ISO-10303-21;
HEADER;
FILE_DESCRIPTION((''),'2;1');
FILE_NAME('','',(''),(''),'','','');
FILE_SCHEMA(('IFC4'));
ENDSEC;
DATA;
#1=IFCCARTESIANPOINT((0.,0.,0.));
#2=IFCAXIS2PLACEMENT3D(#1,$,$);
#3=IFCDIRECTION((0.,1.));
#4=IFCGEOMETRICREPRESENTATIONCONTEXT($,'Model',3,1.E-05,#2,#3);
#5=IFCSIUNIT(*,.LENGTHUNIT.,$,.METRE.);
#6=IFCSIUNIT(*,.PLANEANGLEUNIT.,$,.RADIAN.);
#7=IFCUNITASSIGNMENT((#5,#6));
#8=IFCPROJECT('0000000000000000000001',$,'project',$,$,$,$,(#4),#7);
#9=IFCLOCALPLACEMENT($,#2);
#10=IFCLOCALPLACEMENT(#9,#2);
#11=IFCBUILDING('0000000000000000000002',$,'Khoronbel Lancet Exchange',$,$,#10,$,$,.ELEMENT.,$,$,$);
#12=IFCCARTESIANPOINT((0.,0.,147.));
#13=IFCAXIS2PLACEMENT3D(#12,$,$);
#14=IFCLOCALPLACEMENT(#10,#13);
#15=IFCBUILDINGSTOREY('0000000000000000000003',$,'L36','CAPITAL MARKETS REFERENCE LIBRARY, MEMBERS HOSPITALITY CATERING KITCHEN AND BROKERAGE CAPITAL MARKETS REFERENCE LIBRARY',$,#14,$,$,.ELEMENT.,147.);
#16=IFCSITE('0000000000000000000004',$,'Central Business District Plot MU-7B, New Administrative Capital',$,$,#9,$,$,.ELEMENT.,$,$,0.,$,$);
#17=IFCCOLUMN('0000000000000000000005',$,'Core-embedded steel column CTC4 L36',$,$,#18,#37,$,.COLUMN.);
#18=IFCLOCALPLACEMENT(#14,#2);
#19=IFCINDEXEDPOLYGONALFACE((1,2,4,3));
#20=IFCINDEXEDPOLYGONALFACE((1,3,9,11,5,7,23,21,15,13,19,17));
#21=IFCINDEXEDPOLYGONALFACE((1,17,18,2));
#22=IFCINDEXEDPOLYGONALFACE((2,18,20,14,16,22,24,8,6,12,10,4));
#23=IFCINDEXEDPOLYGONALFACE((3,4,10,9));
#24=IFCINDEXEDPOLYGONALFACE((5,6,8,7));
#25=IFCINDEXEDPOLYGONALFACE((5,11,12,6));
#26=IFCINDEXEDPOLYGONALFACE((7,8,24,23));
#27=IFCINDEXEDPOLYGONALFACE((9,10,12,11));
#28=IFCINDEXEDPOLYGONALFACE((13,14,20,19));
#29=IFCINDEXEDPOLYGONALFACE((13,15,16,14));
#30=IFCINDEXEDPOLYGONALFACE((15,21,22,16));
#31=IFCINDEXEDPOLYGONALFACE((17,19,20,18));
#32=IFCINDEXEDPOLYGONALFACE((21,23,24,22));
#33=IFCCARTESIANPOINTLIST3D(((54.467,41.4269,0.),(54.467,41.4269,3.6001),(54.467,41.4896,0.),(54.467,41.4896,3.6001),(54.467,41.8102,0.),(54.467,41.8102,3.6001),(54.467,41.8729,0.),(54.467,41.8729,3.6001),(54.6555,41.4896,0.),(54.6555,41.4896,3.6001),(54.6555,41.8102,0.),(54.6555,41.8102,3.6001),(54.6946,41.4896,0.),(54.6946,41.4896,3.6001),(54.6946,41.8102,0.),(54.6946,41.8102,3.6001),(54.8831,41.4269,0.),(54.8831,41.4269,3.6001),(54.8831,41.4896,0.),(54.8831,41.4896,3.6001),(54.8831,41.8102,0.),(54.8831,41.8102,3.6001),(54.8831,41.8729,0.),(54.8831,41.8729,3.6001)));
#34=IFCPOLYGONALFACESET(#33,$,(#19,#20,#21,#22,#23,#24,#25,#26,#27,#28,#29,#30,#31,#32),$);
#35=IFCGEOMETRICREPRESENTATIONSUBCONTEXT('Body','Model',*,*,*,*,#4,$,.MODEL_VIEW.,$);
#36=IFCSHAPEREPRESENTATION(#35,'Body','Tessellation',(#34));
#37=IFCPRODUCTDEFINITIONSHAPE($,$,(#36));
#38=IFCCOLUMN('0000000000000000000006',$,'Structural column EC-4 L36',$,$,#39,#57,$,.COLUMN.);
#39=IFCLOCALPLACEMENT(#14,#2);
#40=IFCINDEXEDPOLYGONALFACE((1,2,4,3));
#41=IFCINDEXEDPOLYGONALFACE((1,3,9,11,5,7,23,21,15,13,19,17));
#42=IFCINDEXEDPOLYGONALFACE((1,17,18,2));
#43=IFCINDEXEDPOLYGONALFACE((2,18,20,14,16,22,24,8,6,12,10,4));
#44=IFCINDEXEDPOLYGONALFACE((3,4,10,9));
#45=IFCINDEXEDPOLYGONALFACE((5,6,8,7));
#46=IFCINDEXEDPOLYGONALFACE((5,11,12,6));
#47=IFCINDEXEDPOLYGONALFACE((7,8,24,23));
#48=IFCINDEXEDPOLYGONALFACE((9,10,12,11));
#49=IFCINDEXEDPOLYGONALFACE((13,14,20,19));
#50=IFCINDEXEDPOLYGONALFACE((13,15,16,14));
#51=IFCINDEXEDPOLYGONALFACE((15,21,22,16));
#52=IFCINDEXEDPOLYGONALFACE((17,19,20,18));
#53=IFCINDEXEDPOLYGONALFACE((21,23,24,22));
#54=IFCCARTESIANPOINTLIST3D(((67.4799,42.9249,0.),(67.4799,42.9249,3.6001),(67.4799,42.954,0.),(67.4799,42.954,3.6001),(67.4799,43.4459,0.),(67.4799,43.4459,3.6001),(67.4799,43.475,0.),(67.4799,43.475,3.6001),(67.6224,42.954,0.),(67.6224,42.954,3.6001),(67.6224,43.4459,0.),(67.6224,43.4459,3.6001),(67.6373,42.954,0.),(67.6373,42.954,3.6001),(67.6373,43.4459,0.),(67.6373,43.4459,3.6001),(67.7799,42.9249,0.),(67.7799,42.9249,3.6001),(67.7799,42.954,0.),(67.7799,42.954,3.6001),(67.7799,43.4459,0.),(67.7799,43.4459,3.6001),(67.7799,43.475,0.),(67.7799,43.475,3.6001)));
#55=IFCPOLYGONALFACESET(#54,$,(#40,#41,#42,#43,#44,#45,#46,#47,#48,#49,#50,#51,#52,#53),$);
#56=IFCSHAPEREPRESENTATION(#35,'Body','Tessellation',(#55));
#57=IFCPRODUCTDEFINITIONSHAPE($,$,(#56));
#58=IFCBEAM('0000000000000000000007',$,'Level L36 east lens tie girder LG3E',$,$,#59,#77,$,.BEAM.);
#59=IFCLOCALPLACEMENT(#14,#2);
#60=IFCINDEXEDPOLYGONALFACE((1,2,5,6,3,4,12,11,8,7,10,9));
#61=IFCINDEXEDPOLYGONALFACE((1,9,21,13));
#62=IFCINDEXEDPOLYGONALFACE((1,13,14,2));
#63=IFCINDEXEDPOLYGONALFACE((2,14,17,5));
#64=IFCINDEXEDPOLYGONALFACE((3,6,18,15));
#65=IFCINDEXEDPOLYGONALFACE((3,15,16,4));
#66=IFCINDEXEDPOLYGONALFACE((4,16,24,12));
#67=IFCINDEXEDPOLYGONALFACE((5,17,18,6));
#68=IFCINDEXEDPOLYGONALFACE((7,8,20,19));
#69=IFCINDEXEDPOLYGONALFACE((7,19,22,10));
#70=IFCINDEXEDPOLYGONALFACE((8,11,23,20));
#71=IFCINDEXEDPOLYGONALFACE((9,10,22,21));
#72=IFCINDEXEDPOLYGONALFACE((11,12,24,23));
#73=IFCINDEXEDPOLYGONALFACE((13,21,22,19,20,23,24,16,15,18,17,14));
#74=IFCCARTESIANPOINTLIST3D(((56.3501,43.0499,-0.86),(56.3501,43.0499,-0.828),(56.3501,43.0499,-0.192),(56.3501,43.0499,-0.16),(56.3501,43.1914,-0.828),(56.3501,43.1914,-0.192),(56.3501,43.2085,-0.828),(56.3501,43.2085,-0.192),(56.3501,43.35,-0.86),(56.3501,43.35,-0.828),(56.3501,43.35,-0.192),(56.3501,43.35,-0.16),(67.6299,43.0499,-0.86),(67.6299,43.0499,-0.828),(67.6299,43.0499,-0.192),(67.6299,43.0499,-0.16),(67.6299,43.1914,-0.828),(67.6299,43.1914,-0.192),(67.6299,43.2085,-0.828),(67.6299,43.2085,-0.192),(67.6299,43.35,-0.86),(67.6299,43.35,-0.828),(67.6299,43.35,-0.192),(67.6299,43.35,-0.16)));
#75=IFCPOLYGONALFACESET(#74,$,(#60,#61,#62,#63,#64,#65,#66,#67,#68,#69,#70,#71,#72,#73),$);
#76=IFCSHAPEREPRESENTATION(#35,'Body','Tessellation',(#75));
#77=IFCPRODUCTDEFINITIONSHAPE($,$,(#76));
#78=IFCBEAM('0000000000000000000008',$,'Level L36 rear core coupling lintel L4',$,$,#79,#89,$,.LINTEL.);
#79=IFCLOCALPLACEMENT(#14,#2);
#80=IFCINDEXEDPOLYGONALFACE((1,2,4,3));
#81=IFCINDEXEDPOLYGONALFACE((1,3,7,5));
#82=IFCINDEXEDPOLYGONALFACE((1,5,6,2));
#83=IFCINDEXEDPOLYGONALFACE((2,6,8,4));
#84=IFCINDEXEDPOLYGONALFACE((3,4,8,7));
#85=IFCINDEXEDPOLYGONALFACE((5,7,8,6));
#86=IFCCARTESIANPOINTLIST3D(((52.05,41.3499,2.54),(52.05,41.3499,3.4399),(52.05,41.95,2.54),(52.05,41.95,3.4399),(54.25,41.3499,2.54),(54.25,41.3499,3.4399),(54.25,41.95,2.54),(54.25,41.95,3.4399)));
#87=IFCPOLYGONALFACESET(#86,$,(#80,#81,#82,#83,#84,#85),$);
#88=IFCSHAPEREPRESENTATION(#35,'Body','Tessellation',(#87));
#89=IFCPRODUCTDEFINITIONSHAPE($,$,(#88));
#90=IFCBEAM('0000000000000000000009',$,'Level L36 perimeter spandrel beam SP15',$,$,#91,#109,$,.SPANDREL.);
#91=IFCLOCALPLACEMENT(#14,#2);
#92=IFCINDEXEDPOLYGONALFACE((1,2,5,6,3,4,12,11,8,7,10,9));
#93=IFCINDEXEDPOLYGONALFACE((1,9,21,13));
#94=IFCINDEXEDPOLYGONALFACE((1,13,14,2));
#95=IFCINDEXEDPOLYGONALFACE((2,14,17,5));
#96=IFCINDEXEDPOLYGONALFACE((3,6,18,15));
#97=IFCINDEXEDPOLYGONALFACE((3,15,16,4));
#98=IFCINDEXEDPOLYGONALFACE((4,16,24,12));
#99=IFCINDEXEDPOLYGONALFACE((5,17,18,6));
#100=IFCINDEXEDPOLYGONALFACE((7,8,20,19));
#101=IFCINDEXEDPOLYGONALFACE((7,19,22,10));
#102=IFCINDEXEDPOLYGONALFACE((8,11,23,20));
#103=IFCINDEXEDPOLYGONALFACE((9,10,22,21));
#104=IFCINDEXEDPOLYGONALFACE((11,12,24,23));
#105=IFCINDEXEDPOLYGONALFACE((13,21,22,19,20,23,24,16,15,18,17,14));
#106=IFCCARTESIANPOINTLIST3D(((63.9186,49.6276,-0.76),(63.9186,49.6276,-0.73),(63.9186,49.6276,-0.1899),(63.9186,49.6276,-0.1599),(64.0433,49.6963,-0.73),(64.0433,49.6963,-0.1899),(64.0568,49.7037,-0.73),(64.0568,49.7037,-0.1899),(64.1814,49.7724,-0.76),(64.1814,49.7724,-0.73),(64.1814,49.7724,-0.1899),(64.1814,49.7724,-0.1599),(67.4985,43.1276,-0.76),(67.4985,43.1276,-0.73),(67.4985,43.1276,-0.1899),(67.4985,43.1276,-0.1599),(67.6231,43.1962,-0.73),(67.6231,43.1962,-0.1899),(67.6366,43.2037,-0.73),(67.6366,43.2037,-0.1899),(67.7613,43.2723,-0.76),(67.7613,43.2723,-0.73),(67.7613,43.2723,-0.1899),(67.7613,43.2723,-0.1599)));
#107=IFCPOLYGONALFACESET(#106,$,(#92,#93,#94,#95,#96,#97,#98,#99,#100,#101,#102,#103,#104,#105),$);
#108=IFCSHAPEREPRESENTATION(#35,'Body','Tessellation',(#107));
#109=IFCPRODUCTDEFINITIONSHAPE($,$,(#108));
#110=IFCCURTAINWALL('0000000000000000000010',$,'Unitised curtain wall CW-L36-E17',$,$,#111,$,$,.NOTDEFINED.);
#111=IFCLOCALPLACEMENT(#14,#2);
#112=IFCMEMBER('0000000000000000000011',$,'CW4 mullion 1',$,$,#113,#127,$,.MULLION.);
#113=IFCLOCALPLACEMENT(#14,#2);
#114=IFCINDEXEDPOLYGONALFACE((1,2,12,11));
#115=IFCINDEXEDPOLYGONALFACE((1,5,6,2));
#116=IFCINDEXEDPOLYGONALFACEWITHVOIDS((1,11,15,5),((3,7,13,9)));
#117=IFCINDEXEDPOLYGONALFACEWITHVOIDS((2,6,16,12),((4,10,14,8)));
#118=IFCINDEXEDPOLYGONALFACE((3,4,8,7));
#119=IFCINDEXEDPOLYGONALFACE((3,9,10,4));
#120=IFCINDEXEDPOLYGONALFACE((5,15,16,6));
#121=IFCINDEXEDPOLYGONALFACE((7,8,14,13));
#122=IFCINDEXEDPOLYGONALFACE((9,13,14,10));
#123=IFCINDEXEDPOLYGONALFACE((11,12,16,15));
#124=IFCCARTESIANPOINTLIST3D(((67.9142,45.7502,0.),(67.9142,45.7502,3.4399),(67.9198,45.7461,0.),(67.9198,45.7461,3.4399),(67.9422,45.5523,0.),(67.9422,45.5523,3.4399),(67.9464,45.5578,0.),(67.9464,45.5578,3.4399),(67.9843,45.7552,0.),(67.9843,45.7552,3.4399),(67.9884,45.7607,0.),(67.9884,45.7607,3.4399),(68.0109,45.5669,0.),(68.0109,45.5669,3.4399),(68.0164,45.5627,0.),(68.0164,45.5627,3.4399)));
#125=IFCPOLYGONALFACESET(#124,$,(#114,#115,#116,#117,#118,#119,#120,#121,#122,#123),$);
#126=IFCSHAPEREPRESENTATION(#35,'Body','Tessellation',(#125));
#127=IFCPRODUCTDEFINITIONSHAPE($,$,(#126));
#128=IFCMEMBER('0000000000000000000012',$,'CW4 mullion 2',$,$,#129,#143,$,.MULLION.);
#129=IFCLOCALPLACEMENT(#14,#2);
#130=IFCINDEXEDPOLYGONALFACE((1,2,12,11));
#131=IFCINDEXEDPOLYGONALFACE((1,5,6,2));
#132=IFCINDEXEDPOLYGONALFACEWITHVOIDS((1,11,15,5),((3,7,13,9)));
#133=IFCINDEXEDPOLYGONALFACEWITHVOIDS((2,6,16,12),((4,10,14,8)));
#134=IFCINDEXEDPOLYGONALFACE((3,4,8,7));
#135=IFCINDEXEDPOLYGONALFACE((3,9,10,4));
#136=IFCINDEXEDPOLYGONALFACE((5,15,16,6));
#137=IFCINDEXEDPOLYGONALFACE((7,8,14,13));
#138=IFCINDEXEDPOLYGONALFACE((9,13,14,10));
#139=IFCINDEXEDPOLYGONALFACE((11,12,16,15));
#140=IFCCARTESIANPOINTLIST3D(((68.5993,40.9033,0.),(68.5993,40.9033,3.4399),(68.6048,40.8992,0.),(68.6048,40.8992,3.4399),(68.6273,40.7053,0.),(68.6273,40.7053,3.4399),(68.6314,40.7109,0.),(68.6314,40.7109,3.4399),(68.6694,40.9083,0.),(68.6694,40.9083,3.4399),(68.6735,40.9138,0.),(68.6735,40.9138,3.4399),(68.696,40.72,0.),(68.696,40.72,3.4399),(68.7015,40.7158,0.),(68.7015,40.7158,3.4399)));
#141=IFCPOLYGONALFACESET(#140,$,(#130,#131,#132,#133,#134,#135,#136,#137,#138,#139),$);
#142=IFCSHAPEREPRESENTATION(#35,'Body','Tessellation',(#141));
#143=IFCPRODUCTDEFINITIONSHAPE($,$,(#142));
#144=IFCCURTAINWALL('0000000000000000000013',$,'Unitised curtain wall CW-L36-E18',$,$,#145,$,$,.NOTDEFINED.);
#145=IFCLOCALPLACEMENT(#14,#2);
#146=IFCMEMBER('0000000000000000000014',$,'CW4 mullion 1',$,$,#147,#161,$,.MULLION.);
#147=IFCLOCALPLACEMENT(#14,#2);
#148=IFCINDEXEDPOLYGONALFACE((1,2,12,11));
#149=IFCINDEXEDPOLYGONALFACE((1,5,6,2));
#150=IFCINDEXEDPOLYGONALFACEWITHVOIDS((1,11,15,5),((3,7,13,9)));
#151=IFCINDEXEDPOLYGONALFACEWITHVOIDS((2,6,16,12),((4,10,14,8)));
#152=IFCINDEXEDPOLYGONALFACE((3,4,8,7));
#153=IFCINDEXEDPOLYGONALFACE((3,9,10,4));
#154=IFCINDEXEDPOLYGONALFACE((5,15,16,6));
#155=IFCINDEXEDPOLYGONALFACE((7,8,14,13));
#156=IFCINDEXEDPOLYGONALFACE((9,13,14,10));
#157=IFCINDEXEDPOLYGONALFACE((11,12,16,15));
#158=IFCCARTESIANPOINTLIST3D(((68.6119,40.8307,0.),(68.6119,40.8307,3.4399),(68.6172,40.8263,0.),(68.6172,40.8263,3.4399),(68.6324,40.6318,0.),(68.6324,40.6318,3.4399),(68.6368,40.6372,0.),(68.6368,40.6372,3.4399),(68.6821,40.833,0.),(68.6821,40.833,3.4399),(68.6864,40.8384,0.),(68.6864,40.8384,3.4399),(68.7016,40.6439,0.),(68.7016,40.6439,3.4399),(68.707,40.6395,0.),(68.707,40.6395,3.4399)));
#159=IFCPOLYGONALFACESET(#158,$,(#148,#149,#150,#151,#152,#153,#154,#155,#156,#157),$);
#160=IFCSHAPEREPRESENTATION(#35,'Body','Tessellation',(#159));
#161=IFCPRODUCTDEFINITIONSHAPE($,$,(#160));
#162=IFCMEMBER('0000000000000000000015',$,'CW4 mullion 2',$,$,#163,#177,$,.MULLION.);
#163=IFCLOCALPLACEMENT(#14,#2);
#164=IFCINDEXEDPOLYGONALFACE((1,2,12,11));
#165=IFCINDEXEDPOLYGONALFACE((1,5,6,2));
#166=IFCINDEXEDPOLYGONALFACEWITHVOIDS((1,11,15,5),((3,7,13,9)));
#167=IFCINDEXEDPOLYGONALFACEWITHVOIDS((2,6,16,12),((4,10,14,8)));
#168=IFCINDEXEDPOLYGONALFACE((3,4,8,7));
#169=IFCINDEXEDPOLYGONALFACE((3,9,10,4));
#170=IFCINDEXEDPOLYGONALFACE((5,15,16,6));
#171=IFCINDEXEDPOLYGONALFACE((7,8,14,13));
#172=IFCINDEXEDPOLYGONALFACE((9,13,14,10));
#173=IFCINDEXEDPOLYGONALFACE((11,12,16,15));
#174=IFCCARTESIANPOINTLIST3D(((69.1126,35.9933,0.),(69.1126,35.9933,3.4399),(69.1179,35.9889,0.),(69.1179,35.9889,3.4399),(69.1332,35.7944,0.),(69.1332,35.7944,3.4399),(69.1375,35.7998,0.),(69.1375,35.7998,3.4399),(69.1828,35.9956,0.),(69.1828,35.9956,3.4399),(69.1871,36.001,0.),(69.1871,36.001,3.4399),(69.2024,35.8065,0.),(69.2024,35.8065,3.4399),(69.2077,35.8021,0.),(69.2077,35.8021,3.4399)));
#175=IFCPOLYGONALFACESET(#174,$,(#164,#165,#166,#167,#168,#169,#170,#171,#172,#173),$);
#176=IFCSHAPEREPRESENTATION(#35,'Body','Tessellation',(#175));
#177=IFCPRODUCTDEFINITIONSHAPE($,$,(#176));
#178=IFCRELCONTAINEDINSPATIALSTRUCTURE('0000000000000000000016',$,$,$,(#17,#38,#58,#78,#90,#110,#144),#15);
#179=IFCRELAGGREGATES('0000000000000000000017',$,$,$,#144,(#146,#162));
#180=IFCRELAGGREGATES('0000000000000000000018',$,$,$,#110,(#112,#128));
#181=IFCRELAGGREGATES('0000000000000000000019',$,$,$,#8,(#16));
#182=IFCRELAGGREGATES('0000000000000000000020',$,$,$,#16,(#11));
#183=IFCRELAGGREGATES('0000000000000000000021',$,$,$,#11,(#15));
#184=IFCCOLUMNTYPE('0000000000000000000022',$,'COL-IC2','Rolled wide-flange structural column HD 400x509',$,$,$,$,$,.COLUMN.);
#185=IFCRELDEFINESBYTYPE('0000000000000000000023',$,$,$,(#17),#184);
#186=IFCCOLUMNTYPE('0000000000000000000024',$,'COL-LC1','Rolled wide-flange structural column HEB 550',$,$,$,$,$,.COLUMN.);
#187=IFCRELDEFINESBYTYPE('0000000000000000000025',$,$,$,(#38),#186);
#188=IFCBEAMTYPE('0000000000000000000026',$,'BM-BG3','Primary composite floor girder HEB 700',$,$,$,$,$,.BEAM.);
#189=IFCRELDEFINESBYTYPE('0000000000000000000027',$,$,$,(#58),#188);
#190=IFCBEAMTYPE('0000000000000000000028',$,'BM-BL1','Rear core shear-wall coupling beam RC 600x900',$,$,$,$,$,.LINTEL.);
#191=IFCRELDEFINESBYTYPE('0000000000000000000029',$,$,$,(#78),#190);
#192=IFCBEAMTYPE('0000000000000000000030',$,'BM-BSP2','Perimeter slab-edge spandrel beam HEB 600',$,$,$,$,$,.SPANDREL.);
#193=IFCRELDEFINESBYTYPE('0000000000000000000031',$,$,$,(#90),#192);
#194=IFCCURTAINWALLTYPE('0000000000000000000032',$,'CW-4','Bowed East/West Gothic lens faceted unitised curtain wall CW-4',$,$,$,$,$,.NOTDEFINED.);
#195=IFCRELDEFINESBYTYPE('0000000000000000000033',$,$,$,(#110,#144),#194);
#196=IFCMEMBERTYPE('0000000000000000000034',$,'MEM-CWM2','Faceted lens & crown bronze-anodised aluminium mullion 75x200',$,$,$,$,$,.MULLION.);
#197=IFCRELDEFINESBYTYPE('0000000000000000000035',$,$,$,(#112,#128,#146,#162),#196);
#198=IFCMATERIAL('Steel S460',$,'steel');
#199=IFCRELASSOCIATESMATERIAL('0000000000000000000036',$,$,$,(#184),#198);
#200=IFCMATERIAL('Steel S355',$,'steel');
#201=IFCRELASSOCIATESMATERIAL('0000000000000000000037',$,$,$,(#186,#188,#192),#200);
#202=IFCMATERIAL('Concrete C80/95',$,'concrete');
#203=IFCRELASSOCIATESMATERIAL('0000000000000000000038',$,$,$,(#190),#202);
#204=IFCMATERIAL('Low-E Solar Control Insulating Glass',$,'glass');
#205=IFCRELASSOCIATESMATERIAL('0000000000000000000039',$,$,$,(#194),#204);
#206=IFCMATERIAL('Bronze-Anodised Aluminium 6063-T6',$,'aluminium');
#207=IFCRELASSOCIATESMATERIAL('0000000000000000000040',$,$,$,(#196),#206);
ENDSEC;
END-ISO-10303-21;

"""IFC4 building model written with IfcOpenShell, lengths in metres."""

from ifc_helpers import new_model, si_unit, direction, frame, origin, origin_2d, place, context, subcontext, project, spatial, rectangle, hollow_rectangle, i_section, extrude, material, material_profile, profile_set, type_object, element, aggregate, save


model = new_model("IFC4")

# Units and contexts
model_context = context("Model", 3, precision=1e-05, world=origin(), true_north=direction((0.0, 1.0)))
body_context = subcontext(model_context, "Body", "Model", "MODEL_VIEW")
ifc_project = project(units=[si_unit("LENGTHUNIT", "METRE"), si_unit("PLANEANGLEUNIT", "RADIAN")], contexts=[model_context])

# Site, building, storey
site_placement = place(None, origin())
site = spatial("IfcSite", under=ifc_project, at=site_placement, Name="Central Business District Plot MU-7B, New Administrative Capital", CompositionType="ELEMENT", RefElevation=0.0)
building_placement = place(site_placement, origin())
building = spatial("IfcBuilding", under=site, at=building_placement, Name="Khoronbel Lancet Exchange", CompositionType="ELEMENT")
storey_placement = place(building_placement, frame((0.0, 0.0, 147.0)))
storey = spatial("IfcBuildingStorey", under=building, at=storey_placement, Name="L36", Description="CAPITAL MARKETS REFERENCE LIBRARY, MEMBERS HOSPITALITY CATERING KITCHEN AND BROKERAGE CAPITAL MARKETS REFERENCE LIBRARY", CompositionType="ELEMENT", Elevation=147.0)

# Columns
ifc_material_1 = material(Name="Steel S460", Category="steel")
ifc_material_profile_1 = material_profile(ifc_material_1, i_section(OverallWidth=0.416, OverallDepth=0.446, WebThickness=0.0391, FlangeThickness=0.0627, at=origin_2d()), Name="HD 400x509")
ifc_profile_set_1 = profile_set([ifc_material_profile_1], Name="Steel S460")
column_type_1 = type_object("IfcColumnType", Name="COL-IC2", Description="Rolled wide-flange structural column HD 400x509", PredefinedType="COLUMN", material=ifc_profile_set_1)
column_1_placement = place(storey_placement, frame((54.675, 41.6499, 0.0), z_axis=(0.0, 0.0, 1.0), x_axis=(1.0, 0.0, 0.0)))
element("IfcColumn", 1, at=column_1_placement, inside=storey, type_object=column_type_1, Name="Core-embedded steel column CTC4 L36", PredefinedType="COLUMN", context=body_context, shape_type="SweptSolid", body=[
    extrude(i_section(OverallWidth=0.416, OverallDepth=0.446, WebThickness=0.0391, FlangeThickness=0.0627, at=origin_2d()), origin(), (0.0, 0.0, 1.0), 3.6001),
])
ifc_material_2 = material(Name="Steel S355", Category="steel")
ifc_material_profile_2 = material_profile(ifc_material_2, i_section(OverallWidth=0.3, OverallDepth=0.55, WebThickness=0.0149, FlangeThickness=0.0291, at=origin_2d()), Name="HEB 550")
ifc_profile_set_2 = profile_set([ifc_material_profile_2], Name="Steel S355")
column_type_2 = type_object("IfcColumnType", Name="COL-LC1", Description="Rolled wide-flange structural column HEB 550", PredefinedType="COLUMN", material=ifc_profile_set_2)
column_2_placement = place(storey_placement, frame((67.6299, 43.2, 0.0), z_axis=(0.0, 0.0, 1.0), x_axis=(1.0, 0.0, 0.0)))
element("IfcColumn", 2, at=column_2_placement, inside=storey, type_object=column_type_2, Name="Structural column EC-4 L36", PredefinedType="COLUMN", context=body_context, shape_type="SweptSolid", body=[
    extrude(i_section(OverallWidth=0.3, OverallDepth=0.55, WebThickness=0.0149, FlangeThickness=0.0291, at=origin_2d()), origin(), (0.0, 0.0, 1.0), 3.6001),
])

# Beams
ifc_material_profile_3 = material_profile(ifc_material_2, i_section(OverallWidth=0.3, OverallDepth=0.7, WebThickness=0.0171, FlangeThickness=0.032, at=origin_2d()), Name="HEB 700")
ifc_profile_set_3 = profile_set([ifc_material_profile_3], Name="Steel S355")
beam_type_1 = type_object("IfcBeamType", Name="BM-BG3", Description="Primary composite floor girder HEB 700", PredefinedType="BEAM", material=ifc_profile_set_3)
beam_1_placement = place(storey_placement, frame((56.3501, 43.2, -0.51), z_axis=(1.0, 0.0, 0.0), x_axis=(0.0, 1.0, 0.0)))
element("IfcBeam", 3, at=beam_1_placement, inside=storey, type_object=beam_type_1, Name="Level L36 east lens tie girder LG3E", PredefinedType="BEAM", context=body_context, shape_type="SweptSolid", body=[
    extrude(i_section(OverallWidth=0.3, OverallDepth=0.7, WebThickness=0.0171, FlangeThickness=0.032, at=origin_2d()), origin(), (0.0, 0.0, 1.0), 11.2798),
])
ifc_material_3 = material(Name="Concrete C80/95", Category="concrete")
ifc_material_profile_4 = material_profile(ifc_material_3, rectangle(XDim=0.6001, YDim=0.8999, at=origin_2d()), Name="RC 600x900")
ifc_profile_set_4 = profile_set([ifc_material_profile_4], Name="Concrete C80/95")
beam_type_2 = type_object("IfcBeamType", Name="BM-BL1", Description="Rear core shear-wall coupling beam RC 600x900", PredefinedType="LINTEL", material=ifc_profile_set_4)
beam_2_placement = place(storey_placement, frame((52.05, 41.6499, 2.99), z_axis=(1.0, 0.0, 0.0), x_axis=(0.0, 1.0, 0.0)))
element("IfcBeam", 4, at=beam_2_placement, inside=storey, type_object=beam_type_2, Name="Level L36 rear core coupling lintel L4", PredefinedType="LINTEL", context=body_context, shape_type="SweptSolid", body=[
    extrude(rectangle(XDim=0.6001, YDim=0.8999, at=origin_2d()), origin(), (0.0, 0.0, 1.0), 2.2),
])
ifc_material_profile_5 = material_profile(ifc_material_2, i_section(OverallWidth=0.3, OverallDepth=0.6001, WebThickness=0.0154, FlangeThickness=0.03, at=origin_2d()), Name="HEB 600")
ifc_profile_set_5 = profile_set([ifc_material_profile_5], Name="Steel S355")
beam_type_3 = type_object("IfcBeamType", Name="BM-BSP2", Description="Perimeter slab-edge spandrel beam HEB 600", PredefinedType="SPANDREL", material=ifc_profile_set_5)
beam_3_placement = place(storey_placement, frame((67.6299, 43.2, -0.46), z_axis=(-0.482419, 0.875941, 0.0), x_axis=(-0.875941, -0.482419, 0.0)))
element("IfcBeam", 5, at=beam_3_placement, inside=storey, type_object=beam_type_3, Name="Level L36 perimeter spandrel beam SP15", PredefinedType="SPANDREL", context=body_context, shape_type="SweptSolid", body=[
    extrude(i_section(OverallWidth=0.3, OverallDepth=0.6001, WebThickness=0.0154, FlangeThickness=0.03, at=origin_2d()), origin(), (0.0, 0.0, 1.0), 7.4207),
])

# Curtain walls, members
ifc_material_4 = material(Name="Low-E Solar Control Insulating Glass", Category="glass")
curtain_wall_type = type_object("IfcCurtainWallType", Name="CW-4", Description="Bowed East/West Gothic lens faceted unitised curtain wall CW-4", PredefinedType="NOTDEFINED", material=ifc_material_4)
curtain_wall_1_placement = place(storey_placement, origin())
curtain_wall_1 = element("IfcCurtainWall", 6, at=curtain_wall_1_placement, inside=storey, type_object=curtain_wall_type, Name="Unitised curtain wall CW-L36-E17", PredefinedType="NOTDEFINED")
ifc_material_5 = material(Name="Bronze-Anodised Aluminium 6063-T6", Category="aluminium")
ifc_material_profile_6 = material_profile(ifc_material_5, hollow_rectangle(XDim=0.075, YDim=0.2, WallThickness=0.0049, at=origin_2d()), Name="ALU MULLION 75x200")
ifc_profile_set_6 = profile_set([ifc_material_profile_6], Name="Bronze-Anodised Aluminium 6063-T6")
member_type_1 = type_object("IfcMemberType", Name="MEM-CWM2", Description="Faceted lens & crown bronze-anodised aluminium mullion 75x200", PredefinedType="MULLION", material=ifc_profile_set_6)
member_1_placement = place(storey_placement, frame((67.9653, 45.6565, 0.0), z_axis=(0.0, 0.0, 1.0), x_axis=(0.990158, 0.139954, 0.0)))
member_1 = element("IfcMember", 7, at=member_1_placement, type_object=member_type_1, Name="CW4 mullion 1", PredefinedType="MULLION", context=body_context, shape_type="SweptSolid", body=[
    extrude(hollow_rectangle(XDim=0.075, YDim=0.2, WallThickness=0.0049, at=origin_2d()), origin(), (0.0, 0.0, 1.0), 3.4399),
])
member_2_placement = place(storey_placement, frame((68.6504, 40.8096, 0.0), z_axis=(0.0, 0.0, 1.0), x_axis=(0.990158, 0.139954, 0.0)))
member_2 = element("IfcMember", 8, at=member_2_placement, type_object=member_type_1, Name="CW4 mullion 2", PredefinedType="MULLION", context=body_context, shape_type="SweptSolid", body=[
    extrude(hollow_rectangle(XDim=0.075, YDim=0.2, WallThickness=0.0049, at=origin_2d()), origin(), (0.0, 0.0, 1.0), 3.4399),
])
curtain_wall_2_placement = place(storey_placement, origin())
curtain_wall_2 = element("IfcCurtainWall", 9, at=curtain_wall_2_placement, inside=storey, type_object=curtain_wall_type, Name="Unitised curtain wall CW-L36-E18", PredefinedType="NOTDEFINED")
member_3_placement = place(storey_placement, frame((68.6594, 40.7351, 0.0), z_axis=(0.0, 0.0, 1.0), x_axis=(0.994688, 0.102932, 0.0)))
member_3 = element("IfcMember", 10, at=member_3_placement, type_object=member_type_1, Name="CW4 mullion 1", PredefinedType="MULLION", context=body_context, shape_type="SweptSolid", body=[
    extrude(hollow_rectangle(XDim=0.075, YDim=0.2, WallThickness=0.0049, at=origin_2d()), origin(), (0.0, 0.0, 1.0), 3.4399),
])
member_4_placement = place(storey_placement, frame((69.1602, 35.8977, 0.0), z_axis=(0.0, 0.0, 1.0), x_axis=(0.994688, 0.102932, 0.0)))
member_4 = element("IfcMember", 11, at=member_4_placement, type_object=member_type_1, Name="CW4 mullion 2", PredefinedType="MULLION", context=body_context, shape_type="SweptSolid", body=[
    extrude(hollow_rectangle(XDim=0.075, YDim=0.2, WallThickness=0.0049, at=origin_2d()), origin(), (0.0, 0.0, 1.0), 3.4399),
])

aggregate(curtain_wall_2, [member_3, member_4])
aggregate(curtain_wall_1, [member_1, member_2])

save(model, "model.ifc")
